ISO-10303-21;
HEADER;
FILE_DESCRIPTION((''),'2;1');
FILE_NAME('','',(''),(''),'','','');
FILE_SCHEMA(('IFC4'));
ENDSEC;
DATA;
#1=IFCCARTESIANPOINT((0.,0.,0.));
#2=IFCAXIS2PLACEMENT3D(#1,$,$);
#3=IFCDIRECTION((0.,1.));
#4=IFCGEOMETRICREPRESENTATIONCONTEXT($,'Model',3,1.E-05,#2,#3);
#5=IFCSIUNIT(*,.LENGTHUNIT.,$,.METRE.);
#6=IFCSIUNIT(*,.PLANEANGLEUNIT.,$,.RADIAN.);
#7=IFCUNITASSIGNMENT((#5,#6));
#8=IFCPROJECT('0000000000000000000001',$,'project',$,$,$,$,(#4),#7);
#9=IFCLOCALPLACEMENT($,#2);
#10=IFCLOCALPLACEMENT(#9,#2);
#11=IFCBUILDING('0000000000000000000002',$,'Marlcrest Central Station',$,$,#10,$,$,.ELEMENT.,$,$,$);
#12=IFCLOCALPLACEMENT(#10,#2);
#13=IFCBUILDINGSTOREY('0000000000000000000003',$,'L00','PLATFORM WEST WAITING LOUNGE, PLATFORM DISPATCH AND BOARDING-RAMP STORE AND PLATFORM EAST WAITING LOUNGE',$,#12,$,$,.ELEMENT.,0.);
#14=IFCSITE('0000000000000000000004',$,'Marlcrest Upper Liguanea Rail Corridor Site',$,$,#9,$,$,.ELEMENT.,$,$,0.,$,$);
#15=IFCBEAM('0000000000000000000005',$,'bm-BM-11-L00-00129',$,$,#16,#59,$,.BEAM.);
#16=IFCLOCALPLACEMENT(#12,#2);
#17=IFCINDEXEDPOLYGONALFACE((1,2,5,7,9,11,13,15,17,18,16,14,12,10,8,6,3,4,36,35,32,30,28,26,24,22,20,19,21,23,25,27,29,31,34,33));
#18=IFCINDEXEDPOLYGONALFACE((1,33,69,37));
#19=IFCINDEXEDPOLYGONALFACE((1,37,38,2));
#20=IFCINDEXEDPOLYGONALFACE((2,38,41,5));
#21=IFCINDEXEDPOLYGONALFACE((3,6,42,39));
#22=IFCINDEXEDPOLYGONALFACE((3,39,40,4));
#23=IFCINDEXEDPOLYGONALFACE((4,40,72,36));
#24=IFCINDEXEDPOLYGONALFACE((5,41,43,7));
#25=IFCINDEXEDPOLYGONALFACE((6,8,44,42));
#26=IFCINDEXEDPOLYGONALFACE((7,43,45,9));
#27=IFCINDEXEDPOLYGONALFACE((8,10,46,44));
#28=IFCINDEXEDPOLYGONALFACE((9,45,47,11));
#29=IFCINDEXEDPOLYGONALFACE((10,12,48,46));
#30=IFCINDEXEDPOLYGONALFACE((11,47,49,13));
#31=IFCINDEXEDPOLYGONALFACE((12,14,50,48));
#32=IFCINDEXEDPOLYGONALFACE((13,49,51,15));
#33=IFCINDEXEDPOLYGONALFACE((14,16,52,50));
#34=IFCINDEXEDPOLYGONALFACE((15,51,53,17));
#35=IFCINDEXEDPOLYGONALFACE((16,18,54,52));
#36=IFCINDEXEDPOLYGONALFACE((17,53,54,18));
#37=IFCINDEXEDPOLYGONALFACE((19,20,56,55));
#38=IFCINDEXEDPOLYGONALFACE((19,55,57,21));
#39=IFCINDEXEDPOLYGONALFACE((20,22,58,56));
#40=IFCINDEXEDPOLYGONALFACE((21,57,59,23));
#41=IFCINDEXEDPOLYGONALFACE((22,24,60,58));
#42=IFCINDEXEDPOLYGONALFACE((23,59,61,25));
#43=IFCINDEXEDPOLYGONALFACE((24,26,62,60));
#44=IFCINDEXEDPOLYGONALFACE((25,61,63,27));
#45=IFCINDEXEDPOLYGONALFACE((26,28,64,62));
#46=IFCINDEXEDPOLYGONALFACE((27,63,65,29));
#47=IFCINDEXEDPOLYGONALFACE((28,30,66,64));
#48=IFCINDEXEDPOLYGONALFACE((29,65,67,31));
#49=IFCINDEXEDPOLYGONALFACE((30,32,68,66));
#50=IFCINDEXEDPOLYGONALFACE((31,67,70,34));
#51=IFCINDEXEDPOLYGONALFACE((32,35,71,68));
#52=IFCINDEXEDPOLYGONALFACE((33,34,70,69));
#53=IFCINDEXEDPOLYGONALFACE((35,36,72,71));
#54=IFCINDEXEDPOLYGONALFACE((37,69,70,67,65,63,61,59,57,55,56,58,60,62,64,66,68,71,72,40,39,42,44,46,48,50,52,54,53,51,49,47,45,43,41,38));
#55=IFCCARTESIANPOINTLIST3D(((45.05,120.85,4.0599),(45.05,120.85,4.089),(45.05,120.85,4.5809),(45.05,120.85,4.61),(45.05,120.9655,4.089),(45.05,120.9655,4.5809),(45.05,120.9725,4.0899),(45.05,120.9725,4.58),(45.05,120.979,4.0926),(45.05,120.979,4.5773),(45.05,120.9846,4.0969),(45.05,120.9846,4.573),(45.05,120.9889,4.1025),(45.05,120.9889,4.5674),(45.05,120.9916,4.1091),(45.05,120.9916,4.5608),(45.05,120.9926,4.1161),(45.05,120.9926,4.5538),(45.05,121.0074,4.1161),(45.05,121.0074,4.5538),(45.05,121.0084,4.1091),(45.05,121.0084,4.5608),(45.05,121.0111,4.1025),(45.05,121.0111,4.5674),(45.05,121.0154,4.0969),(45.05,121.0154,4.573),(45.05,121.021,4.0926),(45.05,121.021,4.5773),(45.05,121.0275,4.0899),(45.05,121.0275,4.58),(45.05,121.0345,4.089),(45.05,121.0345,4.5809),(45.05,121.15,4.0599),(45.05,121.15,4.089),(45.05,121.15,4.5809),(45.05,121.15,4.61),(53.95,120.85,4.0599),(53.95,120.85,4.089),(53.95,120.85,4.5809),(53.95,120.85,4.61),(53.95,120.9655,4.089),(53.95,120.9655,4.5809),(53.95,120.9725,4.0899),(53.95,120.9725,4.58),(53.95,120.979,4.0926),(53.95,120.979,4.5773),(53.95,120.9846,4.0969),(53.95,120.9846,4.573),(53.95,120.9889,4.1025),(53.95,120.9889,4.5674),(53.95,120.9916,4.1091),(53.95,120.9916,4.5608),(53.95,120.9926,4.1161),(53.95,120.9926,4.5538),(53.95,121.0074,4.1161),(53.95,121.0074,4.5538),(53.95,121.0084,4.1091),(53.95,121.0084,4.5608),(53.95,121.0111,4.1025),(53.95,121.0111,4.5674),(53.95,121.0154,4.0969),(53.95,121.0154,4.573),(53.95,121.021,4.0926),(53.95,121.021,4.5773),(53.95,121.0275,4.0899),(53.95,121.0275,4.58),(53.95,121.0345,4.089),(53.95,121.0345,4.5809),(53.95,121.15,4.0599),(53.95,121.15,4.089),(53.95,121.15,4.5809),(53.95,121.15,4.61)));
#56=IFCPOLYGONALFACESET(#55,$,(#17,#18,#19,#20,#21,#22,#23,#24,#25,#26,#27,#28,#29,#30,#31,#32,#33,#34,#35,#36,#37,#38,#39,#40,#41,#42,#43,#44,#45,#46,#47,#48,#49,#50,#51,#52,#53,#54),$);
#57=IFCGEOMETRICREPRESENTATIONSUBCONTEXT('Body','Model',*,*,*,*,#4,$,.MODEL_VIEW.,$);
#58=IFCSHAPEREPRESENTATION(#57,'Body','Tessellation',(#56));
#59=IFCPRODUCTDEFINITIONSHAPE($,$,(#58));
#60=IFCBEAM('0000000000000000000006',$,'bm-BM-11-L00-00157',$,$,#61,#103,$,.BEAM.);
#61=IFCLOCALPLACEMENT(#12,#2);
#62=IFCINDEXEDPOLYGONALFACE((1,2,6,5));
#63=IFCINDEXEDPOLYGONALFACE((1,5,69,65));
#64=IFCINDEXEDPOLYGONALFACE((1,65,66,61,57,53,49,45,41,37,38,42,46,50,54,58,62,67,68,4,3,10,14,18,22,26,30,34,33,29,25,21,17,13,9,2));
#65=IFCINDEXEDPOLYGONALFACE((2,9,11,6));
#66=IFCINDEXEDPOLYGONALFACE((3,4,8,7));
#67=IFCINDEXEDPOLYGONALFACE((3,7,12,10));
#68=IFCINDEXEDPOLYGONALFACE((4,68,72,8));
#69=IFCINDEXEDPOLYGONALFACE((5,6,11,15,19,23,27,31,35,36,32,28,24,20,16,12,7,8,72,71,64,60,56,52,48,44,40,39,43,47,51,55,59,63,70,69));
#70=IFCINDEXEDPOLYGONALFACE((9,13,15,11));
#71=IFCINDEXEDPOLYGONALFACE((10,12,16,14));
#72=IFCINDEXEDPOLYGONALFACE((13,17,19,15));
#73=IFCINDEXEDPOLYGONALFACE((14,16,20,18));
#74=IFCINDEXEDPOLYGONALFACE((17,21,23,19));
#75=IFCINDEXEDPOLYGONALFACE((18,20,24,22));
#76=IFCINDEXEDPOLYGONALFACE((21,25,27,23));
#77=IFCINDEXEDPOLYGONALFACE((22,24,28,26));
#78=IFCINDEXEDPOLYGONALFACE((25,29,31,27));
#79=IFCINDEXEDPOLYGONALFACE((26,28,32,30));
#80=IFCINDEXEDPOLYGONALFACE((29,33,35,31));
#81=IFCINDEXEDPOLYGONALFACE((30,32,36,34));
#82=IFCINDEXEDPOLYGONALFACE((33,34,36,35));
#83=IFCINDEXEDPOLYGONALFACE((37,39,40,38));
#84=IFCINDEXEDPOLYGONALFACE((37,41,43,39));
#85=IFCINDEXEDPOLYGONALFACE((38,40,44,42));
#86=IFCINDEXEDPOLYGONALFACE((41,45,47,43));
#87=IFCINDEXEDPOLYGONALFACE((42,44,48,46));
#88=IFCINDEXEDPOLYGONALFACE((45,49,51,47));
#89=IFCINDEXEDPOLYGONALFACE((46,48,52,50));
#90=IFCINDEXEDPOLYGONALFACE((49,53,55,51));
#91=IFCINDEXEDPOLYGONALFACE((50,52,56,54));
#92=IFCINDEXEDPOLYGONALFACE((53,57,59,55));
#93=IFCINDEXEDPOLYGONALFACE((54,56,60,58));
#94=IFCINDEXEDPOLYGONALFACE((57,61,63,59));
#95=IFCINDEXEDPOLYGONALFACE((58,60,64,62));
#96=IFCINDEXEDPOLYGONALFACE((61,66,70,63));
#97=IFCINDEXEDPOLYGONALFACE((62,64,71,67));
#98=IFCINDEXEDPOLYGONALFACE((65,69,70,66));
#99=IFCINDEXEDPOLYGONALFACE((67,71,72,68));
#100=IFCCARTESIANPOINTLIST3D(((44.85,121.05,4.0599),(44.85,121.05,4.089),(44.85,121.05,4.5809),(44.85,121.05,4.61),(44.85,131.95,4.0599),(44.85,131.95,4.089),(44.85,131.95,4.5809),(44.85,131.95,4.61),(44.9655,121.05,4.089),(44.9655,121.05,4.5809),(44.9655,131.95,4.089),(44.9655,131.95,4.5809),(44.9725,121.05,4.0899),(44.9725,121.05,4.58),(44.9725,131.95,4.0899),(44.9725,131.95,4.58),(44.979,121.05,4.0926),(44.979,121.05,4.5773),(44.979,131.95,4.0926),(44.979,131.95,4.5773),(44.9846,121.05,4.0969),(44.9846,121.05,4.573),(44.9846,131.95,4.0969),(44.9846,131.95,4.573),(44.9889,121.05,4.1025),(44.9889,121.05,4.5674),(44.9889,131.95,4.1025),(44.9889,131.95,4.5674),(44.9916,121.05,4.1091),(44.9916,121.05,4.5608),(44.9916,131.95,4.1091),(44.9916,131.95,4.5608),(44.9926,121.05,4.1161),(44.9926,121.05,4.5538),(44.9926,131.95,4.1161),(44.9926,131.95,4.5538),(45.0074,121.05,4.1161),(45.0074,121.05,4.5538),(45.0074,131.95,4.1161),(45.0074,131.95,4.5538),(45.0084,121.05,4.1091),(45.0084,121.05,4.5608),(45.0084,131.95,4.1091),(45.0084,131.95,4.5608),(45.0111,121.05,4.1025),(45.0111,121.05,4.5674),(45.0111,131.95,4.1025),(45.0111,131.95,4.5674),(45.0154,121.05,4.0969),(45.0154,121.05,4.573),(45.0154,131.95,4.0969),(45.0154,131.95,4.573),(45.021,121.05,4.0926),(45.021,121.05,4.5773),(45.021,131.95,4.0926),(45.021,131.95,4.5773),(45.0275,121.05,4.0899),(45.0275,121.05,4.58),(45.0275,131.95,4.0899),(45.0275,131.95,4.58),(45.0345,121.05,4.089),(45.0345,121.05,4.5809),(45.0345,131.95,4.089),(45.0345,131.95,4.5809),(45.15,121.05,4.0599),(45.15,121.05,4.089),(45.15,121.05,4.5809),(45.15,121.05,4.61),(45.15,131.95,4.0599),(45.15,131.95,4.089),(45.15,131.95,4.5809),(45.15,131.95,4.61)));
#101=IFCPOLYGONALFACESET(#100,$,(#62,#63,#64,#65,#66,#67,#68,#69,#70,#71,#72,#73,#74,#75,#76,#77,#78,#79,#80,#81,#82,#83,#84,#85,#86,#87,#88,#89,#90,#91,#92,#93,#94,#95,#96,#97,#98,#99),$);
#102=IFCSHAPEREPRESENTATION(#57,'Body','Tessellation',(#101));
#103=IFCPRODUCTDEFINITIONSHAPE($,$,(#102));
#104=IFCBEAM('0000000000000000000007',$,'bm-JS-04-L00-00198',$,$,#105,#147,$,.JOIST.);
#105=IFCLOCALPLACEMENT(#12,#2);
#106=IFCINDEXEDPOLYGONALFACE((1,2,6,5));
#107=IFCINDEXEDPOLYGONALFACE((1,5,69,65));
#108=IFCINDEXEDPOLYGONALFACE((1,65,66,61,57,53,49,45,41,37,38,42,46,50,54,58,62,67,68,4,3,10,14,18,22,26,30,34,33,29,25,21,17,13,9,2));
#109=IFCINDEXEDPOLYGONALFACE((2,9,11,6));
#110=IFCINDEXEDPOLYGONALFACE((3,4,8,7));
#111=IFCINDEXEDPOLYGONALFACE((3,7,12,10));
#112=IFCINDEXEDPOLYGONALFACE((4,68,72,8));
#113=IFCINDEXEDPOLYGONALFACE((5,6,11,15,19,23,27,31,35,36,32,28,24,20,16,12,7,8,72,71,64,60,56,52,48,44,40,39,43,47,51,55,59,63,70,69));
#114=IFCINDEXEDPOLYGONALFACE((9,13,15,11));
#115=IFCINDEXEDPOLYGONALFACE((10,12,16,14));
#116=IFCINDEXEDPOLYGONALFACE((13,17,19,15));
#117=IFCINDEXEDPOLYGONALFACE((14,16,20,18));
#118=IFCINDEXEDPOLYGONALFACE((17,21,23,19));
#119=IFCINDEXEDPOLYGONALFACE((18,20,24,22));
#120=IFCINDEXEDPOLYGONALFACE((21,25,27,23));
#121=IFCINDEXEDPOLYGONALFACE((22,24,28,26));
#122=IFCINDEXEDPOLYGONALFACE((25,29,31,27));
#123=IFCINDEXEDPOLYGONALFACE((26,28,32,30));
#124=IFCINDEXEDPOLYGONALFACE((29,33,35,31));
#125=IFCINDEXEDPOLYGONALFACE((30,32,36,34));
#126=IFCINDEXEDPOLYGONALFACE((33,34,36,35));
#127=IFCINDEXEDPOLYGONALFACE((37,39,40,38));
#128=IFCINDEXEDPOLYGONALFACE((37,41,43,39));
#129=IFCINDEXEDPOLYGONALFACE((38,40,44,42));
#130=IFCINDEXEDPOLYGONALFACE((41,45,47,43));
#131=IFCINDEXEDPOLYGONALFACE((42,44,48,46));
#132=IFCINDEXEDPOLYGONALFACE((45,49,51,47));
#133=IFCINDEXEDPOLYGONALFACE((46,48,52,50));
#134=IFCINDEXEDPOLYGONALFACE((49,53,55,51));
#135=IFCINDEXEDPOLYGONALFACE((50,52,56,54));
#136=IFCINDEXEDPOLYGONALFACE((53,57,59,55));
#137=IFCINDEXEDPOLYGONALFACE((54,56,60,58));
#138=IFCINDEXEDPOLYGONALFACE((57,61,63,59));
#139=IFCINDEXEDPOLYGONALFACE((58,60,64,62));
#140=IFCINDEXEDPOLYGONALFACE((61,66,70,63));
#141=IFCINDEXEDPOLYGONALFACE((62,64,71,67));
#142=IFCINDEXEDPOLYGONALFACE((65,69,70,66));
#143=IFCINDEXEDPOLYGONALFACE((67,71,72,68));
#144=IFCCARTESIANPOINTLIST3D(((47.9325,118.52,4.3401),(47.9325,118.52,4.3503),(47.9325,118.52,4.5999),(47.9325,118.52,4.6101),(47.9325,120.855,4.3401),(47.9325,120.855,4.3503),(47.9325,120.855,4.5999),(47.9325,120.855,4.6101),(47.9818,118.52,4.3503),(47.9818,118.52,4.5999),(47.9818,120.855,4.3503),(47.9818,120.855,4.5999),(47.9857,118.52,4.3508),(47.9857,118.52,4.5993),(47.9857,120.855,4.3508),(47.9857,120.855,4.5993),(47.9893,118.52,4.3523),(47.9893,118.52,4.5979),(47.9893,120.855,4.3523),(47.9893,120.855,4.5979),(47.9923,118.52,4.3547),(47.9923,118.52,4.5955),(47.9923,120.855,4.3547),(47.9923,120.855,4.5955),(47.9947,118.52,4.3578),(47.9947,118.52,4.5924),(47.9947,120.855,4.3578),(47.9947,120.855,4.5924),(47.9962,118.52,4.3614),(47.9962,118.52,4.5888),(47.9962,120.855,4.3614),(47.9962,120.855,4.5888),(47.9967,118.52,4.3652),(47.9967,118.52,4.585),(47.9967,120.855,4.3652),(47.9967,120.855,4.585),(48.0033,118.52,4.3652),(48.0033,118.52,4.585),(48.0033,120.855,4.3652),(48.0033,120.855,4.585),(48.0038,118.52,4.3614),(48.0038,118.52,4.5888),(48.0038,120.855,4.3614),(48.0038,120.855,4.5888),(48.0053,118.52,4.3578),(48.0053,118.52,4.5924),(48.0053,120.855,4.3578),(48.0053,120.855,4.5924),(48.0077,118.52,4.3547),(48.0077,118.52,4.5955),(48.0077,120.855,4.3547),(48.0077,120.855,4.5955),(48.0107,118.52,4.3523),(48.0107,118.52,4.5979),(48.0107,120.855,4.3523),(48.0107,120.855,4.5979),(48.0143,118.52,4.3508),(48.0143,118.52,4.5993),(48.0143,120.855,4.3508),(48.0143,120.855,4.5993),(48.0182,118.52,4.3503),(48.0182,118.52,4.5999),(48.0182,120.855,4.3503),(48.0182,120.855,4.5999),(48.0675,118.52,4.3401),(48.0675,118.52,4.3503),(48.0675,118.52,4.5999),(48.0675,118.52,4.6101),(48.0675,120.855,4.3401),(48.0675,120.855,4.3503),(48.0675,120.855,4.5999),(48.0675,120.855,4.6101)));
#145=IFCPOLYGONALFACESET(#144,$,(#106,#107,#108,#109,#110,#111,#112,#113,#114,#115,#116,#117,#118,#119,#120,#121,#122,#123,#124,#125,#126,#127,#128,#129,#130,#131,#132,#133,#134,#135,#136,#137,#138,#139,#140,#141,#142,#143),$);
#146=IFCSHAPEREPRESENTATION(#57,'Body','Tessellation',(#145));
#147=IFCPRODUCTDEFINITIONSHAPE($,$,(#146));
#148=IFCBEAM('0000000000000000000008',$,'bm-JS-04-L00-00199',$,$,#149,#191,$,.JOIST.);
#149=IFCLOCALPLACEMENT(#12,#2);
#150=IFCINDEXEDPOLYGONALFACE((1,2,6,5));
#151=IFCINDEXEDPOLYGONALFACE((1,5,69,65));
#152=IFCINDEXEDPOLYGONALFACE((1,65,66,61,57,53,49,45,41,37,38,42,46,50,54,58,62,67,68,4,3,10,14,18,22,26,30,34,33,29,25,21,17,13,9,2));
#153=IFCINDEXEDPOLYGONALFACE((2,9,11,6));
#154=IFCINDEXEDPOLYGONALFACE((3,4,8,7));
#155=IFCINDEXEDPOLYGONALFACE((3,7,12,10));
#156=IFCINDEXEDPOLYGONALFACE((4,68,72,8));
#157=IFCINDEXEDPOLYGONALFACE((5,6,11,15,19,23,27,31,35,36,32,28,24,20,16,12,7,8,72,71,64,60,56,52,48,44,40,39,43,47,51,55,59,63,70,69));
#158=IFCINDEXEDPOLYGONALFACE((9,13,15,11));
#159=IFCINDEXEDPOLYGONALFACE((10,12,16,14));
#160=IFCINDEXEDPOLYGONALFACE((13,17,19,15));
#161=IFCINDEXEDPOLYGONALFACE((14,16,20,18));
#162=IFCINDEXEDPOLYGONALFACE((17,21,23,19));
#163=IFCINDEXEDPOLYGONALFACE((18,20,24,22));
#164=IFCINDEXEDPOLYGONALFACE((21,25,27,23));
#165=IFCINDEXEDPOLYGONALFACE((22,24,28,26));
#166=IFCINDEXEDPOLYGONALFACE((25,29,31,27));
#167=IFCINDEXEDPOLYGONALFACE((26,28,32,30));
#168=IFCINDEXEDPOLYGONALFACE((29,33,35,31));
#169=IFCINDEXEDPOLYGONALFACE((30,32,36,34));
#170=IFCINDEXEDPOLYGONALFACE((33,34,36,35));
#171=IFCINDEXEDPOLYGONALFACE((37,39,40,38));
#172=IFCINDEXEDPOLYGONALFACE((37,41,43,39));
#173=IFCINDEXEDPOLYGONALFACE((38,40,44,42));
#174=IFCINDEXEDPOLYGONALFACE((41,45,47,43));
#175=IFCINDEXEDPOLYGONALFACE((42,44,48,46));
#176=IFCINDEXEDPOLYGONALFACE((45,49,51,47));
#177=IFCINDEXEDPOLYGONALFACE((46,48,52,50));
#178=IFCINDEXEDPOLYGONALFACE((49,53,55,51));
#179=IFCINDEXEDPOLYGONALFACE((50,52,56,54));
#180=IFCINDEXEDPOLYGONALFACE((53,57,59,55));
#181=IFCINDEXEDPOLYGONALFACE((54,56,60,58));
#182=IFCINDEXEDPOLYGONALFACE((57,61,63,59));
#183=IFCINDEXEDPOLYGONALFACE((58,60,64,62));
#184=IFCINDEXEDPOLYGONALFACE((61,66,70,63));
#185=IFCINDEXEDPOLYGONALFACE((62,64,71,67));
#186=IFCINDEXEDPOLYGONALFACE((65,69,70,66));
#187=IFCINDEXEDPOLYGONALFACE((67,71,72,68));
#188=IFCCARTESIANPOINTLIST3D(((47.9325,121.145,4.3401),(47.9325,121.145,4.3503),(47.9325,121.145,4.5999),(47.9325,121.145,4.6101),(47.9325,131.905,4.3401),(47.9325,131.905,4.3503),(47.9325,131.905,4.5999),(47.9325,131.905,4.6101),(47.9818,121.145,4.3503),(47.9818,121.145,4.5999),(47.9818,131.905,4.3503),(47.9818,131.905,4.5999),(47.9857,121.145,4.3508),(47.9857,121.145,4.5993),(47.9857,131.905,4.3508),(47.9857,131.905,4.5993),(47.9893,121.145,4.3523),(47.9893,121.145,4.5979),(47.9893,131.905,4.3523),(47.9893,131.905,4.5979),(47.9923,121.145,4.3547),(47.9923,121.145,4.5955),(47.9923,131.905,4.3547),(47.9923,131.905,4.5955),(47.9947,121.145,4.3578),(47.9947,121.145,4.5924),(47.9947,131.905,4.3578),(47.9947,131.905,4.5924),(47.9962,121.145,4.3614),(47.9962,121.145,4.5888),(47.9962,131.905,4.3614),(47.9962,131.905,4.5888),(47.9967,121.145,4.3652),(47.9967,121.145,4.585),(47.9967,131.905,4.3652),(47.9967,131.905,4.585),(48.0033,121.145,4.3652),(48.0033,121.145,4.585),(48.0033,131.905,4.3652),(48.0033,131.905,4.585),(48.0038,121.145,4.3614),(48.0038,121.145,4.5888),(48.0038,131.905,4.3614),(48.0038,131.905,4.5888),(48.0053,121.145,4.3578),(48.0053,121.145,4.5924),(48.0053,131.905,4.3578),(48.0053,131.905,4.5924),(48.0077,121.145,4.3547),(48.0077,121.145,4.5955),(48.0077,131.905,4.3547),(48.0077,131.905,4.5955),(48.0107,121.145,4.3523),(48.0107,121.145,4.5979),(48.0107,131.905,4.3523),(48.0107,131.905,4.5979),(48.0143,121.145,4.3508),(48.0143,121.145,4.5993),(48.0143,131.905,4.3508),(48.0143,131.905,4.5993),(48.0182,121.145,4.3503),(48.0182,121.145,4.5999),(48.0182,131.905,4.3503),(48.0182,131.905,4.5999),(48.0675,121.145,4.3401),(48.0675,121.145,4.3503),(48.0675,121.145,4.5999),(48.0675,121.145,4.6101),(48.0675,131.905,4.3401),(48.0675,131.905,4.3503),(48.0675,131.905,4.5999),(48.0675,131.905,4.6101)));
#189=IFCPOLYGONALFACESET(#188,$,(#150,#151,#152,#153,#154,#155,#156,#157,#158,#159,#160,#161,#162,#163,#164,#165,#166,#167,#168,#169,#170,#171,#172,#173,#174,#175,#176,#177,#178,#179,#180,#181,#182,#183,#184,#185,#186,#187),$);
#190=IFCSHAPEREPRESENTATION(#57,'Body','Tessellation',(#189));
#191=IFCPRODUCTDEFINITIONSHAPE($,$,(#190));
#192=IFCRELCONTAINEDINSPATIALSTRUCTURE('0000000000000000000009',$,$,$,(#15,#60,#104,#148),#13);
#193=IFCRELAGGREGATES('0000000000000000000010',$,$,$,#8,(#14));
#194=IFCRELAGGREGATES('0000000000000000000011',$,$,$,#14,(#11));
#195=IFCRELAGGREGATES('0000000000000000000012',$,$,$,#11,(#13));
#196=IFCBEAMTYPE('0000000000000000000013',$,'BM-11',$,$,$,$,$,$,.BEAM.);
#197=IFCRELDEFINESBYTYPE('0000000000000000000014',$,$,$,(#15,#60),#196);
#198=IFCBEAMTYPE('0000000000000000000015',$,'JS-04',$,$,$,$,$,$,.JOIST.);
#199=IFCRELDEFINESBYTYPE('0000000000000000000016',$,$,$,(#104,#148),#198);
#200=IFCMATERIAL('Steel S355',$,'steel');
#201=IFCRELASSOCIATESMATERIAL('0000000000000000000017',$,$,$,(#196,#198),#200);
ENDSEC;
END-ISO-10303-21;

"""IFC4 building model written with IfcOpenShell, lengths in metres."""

from ifc_helpers import new_model, si_unit, direction, frame, origin, origin_2d, place, context, subcontext, project, spatial, i_section, extrude, material, material_profile, profile_set, type_object, element, save


model = new_model("IFC4")

# Units and contexts
model_context = context("Model", 3, precision=1e-05, world=origin(), true_north=direction((0.0, 1.0)))
body_context = subcontext(model_context, "Body", "Model", "MODEL_VIEW")
ifc_project = project(units=[si_unit("LENGTHUNIT", "METRE"), si_unit("PLANEANGLEUNIT", "RADIAN")], contexts=[model_context])

# Site, building, storey
site_placement = place(None, origin())
site = spatial("IfcSite", under=ifc_project, at=site_placement, Name="Marlcrest Upper Liguanea Rail Corridor Site", CompositionType="ELEMENT", RefElevation=0.0)
building_placement = place(site_placement, origin())
building = spatial("IfcBuilding", under=site, at=building_placement, Name="Marlcrest Central Station", CompositionType="ELEMENT")
storey_placement = place(building_placement, origin())
storey = spatial("IfcBuildingStorey", under=building, at=storey_placement, Name="L00", Description="PLATFORM WEST WAITING LOUNGE, PLATFORM DISPATCH AND BOARDING-RAMP STORE AND PLATFORM EAST WAITING LOUNGE", CompositionType="ELEMENT", Elevation=0.0)

# Shared definitions
ifc_material_1 = material(Name="Steel S355", Category="steel")

# Beams
ifc_material_profile_1 = material_profile(ifc_material_1, i_section(OverallWidth=0.3, OverallDepth=0.55, WebThickness=0.0149, FlangeThickness=0.0291, FilletRadius=0.0271, at=origin_2d()), Name="HEB 550")
ifc_profile_set_1 = profile_set([ifc_material_profile_1], Name="Steel S355")
beam_type_1 = type_object("IfcBeamType", Name="BM-11", PredefinedType="BEAM", material=ifc_profile_set_1)
beam_1_placement = place(storey_placement, frame((45.05, 121.0, 4.335), z_axis=(1.0, 0.0, 0.0), x_axis=(0.0, 1.0, 0.0)))
element("IfcBeam", 1, at=beam_1_placement, inside=storey, type_object=beam_type_1, Name="bm-BM-11-L00-00129", PredefinedType="BEAM", context=body_context, shape_type="SweptSolid", body=[
    extrude(i_section(OverallWidth=0.3, OverallDepth=0.55, WebThickness=0.0149, FlangeThickness=0.0291, FilletRadius=0.0271, at=origin_2d()), origin(), (0.0, 0.0, 1.0), 8.8999),
])
beam_2_placement = place(storey_placement, frame((45.0, 121.05, 4.335), z_axis=(0.0, 1.0, 0.0), x_axis=(-1.0, 0.0, 0.0)))
element("IfcBeam", 2, at=beam_2_placement, inside=storey, type_object=beam_type_1, Name="bm-BM-11-L00-00157", PredefinedType="BEAM", context=body_context, shape_type="SweptSolid", body=[
    extrude(i_section(OverallWidth=0.3, OverallDepth=0.55, WebThickness=0.0149, FlangeThickness=0.0291, FilletRadius=0.0271, at=origin_2d()), origin(), (0.0, 0.0, 1.0), 10.8999),
])
ifc_material_profile_2 = material_profile(ifc_material_1, i_section(OverallWidth=0.135, OverallDepth=0.27, WebThickness=0.0066, FlangeThickness=0.0103, FilletRadius=0.0149, at=origin_2d()), Name="IPE 270")
ifc_profile_set_2 = profile_set([ifc_material_profile_2], Name="Steel S355")
beam_type_2 = type_object("IfcBeamType", Name="JS-04", PredefinedType="JOIST", material=ifc_profile_set_2)
beam_3_placement = place(storey_placement, frame((48.0, 118.52, 4.4751), z_axis=(0.0, 1.0, 0.0), x_axis=(-1.0, 0.0, 0.0)))
element("IfcBeam", 3, at=beam_3_placement, inside=storey, type_object=beam_type_2, Name="bm-JS-04-L00-00198", PredefinedType="JOIST", context=body_context, shape_type="SweptSolid", body=[
    extrude(i_section(OverallWidth=0.135, OverallDepth=0.27, WebThickness=0.0066, FlangeThickness=0.0103, FilletRadius=0.0149, at=origin_2d()), origin(), (0.0, 0.0, 1.0), 2.335),
])
beam_4_placement = place(storey_placement, frame((48.0, 121.145, 4.4751), z_axis=(0.0, 1.0, 0.0), x_axis=(-1.0, 0.0, 0.0)))
element("IfcBeam", 4, at=beam_4_placement, inside=storey, type_object=beam_type_2, Name="bm-JS-04-L00-00199", PredefinedType="JOIST", context=body_context, shape_type="SweptSolid", body=[
    extrude(i_section(OverallWidth=0.135, OverallDepth=0.27, WebThickness=0.0066, FlangeThickness=0.0103, FilletRadius=0.0149, at=origin_2d()), origin(), (0.0, 0.0, 1.0), 10.76),
])

save(model, "model.ifc")
